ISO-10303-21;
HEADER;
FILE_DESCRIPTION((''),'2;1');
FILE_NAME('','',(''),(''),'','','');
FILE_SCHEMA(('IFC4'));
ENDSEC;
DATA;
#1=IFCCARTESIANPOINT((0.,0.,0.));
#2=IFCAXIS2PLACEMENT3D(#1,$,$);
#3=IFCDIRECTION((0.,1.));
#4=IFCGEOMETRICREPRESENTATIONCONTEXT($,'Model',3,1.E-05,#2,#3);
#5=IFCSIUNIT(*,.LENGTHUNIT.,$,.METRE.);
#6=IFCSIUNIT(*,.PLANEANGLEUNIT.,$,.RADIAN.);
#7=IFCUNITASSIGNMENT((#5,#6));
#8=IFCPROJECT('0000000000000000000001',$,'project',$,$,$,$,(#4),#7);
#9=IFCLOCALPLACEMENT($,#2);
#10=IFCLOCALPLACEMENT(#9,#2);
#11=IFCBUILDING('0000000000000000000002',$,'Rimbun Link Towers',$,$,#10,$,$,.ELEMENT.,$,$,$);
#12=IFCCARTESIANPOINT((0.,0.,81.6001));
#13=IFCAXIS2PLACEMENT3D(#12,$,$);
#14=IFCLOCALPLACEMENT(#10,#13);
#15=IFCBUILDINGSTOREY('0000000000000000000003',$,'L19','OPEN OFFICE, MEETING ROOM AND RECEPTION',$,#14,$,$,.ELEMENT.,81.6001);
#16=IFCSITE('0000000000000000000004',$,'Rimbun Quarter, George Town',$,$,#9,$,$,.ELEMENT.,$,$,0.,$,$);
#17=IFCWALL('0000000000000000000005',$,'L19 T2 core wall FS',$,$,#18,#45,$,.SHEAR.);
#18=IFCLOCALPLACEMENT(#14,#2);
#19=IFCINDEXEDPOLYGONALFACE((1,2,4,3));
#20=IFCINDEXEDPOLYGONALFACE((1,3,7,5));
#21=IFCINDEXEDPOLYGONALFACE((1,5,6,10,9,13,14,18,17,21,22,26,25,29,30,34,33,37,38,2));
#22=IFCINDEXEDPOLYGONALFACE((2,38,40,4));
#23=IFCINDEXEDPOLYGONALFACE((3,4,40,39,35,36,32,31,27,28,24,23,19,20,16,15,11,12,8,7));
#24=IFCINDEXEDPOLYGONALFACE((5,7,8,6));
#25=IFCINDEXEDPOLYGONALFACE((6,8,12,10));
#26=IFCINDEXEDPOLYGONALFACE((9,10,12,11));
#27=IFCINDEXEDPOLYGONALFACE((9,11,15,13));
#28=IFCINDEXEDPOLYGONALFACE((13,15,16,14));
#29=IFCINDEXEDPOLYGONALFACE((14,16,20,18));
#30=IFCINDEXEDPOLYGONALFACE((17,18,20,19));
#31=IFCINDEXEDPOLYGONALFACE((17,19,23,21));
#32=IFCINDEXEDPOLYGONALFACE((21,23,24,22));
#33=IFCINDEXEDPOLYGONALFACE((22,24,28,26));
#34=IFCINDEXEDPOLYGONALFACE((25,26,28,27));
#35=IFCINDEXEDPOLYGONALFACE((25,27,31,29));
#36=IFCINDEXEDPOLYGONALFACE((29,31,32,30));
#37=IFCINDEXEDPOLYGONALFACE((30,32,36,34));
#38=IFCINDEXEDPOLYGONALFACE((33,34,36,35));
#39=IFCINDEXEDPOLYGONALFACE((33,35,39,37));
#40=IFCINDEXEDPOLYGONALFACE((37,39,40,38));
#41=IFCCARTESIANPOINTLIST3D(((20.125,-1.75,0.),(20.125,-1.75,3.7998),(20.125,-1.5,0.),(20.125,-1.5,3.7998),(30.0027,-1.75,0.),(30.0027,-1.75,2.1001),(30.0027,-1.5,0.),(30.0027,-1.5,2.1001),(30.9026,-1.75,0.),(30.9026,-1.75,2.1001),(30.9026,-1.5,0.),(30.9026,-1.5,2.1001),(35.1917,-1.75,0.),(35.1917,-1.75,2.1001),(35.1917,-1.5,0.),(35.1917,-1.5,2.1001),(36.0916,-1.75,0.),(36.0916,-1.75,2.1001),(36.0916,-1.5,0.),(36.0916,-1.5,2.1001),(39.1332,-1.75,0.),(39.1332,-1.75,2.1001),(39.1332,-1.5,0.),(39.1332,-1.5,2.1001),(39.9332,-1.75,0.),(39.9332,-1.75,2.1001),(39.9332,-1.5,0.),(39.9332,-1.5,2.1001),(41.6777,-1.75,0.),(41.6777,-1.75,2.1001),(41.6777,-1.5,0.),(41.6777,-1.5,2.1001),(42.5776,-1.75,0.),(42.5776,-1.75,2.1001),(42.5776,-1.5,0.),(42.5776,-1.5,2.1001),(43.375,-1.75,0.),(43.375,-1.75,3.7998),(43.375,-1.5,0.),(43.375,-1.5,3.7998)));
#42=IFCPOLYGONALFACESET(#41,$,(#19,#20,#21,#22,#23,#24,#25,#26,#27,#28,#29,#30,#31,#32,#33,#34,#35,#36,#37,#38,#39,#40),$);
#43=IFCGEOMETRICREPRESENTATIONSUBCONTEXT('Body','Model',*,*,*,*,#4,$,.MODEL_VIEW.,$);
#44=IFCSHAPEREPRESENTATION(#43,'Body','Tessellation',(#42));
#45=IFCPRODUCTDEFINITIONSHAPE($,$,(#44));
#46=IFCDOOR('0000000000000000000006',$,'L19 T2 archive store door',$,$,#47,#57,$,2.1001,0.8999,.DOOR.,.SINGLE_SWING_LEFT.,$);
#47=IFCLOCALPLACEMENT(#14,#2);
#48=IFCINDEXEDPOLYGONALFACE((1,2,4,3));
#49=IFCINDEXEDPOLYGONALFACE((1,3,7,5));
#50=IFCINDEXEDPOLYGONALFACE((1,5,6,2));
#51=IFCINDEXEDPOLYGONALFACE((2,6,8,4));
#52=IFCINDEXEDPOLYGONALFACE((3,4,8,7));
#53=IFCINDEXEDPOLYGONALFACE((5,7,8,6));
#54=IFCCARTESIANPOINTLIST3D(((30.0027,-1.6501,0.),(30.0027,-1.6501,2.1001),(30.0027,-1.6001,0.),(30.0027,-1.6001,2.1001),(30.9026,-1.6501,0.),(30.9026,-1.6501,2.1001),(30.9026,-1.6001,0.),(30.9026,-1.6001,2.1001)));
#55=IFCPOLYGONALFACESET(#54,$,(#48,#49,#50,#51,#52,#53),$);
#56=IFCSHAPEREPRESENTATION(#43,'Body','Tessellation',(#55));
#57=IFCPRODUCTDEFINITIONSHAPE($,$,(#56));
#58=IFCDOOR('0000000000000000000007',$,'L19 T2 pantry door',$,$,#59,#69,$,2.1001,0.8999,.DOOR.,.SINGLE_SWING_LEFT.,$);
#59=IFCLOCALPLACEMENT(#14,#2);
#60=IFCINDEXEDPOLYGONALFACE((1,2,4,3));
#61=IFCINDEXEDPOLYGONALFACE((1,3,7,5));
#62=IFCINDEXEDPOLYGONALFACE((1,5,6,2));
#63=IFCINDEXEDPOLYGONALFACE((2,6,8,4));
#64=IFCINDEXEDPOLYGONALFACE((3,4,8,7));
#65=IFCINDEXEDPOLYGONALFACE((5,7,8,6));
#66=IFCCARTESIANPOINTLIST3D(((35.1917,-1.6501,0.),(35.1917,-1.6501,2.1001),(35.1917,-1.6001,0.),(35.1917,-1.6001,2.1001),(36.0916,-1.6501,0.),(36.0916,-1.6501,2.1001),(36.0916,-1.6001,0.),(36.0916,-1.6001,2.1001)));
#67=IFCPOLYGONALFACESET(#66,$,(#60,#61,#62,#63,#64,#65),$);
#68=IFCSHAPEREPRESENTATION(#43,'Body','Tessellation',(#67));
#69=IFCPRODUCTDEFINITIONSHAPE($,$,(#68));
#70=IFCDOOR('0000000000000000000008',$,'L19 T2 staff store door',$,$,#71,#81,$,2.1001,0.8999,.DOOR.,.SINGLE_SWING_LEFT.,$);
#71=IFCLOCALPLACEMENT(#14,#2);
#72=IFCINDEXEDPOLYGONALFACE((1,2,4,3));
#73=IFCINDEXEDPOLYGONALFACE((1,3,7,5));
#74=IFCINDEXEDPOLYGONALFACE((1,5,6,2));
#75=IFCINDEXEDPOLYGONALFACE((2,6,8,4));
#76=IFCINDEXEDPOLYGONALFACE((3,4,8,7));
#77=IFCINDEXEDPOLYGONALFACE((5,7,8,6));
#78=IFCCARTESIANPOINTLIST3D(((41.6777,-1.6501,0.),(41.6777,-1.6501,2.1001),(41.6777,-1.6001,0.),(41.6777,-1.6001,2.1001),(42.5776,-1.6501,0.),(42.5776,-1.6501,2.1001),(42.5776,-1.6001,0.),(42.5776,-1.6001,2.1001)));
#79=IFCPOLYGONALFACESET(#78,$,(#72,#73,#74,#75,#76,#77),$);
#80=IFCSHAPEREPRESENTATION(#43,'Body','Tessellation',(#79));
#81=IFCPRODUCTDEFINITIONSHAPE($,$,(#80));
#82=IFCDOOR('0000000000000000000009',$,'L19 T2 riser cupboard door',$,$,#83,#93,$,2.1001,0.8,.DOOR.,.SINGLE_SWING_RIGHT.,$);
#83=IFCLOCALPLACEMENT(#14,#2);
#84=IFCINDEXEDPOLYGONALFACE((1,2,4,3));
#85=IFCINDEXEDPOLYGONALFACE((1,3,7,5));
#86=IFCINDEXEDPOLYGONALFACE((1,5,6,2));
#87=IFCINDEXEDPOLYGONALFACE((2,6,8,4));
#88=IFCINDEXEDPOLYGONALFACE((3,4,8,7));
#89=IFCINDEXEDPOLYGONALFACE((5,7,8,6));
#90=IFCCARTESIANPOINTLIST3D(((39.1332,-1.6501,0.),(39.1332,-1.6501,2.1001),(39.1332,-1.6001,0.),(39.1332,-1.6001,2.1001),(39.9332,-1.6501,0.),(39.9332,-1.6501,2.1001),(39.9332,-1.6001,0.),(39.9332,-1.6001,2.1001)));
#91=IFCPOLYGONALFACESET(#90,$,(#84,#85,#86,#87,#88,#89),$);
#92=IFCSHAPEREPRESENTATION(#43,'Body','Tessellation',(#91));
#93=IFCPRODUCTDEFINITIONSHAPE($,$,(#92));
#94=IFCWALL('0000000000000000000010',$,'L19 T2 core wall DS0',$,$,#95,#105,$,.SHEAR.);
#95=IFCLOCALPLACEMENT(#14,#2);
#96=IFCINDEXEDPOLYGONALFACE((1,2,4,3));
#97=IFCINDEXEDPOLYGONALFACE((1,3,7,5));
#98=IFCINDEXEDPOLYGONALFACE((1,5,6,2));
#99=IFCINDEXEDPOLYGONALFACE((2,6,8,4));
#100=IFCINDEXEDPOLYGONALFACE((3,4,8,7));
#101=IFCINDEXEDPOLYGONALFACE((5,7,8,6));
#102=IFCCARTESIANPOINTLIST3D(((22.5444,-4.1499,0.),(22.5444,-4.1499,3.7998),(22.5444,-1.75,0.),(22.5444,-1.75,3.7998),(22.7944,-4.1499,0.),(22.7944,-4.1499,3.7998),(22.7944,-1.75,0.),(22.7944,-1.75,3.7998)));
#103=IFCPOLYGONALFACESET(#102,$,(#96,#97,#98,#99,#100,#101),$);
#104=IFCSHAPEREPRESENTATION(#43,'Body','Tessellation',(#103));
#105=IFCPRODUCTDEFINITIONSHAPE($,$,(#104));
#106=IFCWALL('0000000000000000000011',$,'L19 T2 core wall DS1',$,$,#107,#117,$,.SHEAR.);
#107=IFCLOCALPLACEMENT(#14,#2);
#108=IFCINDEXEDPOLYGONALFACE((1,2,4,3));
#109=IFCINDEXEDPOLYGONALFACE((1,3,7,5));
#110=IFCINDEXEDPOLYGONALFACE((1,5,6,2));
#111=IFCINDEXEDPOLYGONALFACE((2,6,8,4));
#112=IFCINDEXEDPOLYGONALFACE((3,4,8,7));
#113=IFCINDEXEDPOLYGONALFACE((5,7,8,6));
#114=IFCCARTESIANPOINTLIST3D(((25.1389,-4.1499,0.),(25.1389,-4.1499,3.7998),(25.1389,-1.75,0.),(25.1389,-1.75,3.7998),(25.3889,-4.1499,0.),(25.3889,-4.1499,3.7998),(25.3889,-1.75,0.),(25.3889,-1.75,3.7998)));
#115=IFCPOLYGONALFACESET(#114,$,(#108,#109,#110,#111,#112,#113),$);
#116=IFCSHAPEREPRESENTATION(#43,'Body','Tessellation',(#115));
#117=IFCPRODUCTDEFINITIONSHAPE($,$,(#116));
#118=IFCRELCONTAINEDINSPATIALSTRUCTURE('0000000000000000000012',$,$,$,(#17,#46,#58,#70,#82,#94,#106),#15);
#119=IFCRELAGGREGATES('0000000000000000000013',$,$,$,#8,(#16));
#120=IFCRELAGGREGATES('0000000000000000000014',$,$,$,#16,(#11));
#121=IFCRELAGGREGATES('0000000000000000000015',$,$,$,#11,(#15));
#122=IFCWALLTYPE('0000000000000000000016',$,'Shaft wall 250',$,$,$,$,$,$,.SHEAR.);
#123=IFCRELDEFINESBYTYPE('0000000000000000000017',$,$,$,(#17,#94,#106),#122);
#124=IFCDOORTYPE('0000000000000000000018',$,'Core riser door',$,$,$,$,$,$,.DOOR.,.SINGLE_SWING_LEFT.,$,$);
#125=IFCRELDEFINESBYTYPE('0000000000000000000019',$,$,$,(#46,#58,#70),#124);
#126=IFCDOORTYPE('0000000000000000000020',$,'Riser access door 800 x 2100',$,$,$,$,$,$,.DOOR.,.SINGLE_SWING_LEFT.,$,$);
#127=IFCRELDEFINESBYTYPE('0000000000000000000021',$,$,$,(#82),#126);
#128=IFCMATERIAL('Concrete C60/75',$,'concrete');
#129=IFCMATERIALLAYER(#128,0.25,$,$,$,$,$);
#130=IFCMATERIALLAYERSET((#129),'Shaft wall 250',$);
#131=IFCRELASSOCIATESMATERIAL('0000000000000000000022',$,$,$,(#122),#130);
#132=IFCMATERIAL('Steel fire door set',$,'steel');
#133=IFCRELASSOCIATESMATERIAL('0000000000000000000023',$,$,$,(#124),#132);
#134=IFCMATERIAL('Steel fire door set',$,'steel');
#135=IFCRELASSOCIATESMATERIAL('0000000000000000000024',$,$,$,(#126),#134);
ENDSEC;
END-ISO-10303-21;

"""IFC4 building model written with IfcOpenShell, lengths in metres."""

from ifc_helpers import new_model, si_unit, direction, frame, frame_2d, origin, place, context, subcontext, project, spatial, rectangle, extrude, material, layer, layer_set, type_object, element, fill, save


model = new_model("IFC4")

# Units and contexts
model_context = context("Model", 3, precision=1e-05, world=origin(), true_north=direction((0.0, 1.0)))
body_context = subcontext(model_context, "Body", "Model", "MODEL_VIEW")
ifc_project = project(units=[si_unit("LENGTHUNIT", "METRE"), si_unit("PLANEANGLEUNIT", "RADIAN")], contexts=[model_context])

# Site, building, storey
site_placement = place(None, origin())
site = spatial("IfcSite", under=ifc_project, at=site_placement, Name="Rimbun Quarter, George Town", CompositionType="ELEMENT", RefElevation=0.0)
building_placement = place(site_placement, origin())
building = spatial("IfcBuilding", under=site, at=building_placement, Name="Rimbun Link Towers", CompositionType="ELEMENT")
storey_placement = place(building_placement, frame((0.0, 0.0, 81.6001)))
storey = spatial("IfcBuildingStorey", under=building, at=storey_placement, Name="L19", Description="OPEN OFFICE, MEETING ROOM AND RECEPTION", CompositionType="ELEMENT", Elevation=81.6001)

# Shared definitions
ifc_material_1 = material(Name="Concrete C60/75", Category="concrete")
ifc_layer_1 = layer(ifc_material_1, 0.25)
ifc_layer_set_1 = layer_set([ifc_layer_1], Name="Shaft wall 250")
wall_type_1 = type_object("IfcWallType", Name="Shaft wall 250", PredefinedType="SHEAR", material=ifc_layer_set_1)

# Wall, openings, doors
wall_1_placement = place(storey_placement, frame((20.125, -1.625, 0.0), z_axis=(0.0, 0.0, 1.0), x_axis=(1.0, 0.0, 0.0)))
wall_1 = element("IfcWall", 1, at=wall_1_placement, inside=storey, type_object=wall_type_1, Name="L19 T2 core wall FS", PredefinedType="SHEAR", context=body_context, shape_type="SweptSolid", body=[
    extrude(rectangle(XDim=23.25, YDim=0.25, at=frame_2d((11.625, 0.0))), origin(), (0.0, 0.0, 1.0), 3.7998),
])
opening_1_placement = place(wall_1_placement, frame((9.8777, 0.0, 0.0)))
opening_1 = element("IfcOpeningElement", 2, at=opening_1_placement, cuts=wall_1, PredefinedType="OPENING", context=body_context, shape_type="SweptSolid", body=[
    extrude(rectangle(XDim=0.8999, YDim=2.1001, at=frame_2d((0.45, 1.05))), frame((0.0, 0.135, 0.0), z_axis=(0.0, -1.0, 0.0), x_axis=(1.0, 0.0, 0.0)), (0.0, 0.0, 1.0), 0.27),
])
opening_2_placement = place(wall_1_placement, frame((15.0667, 0.0, 0.0)))
opening_2 = element("IfcOpeningElement", 3, at=opening_2_placement, cuts=wall_1, PredefinedType="OPENING", context=body_context, shape_type="SweptSolid", body=[
    extrude(rectangle(XDim=0.8999, YDim=2.1001, at=frame_2d((0.45, 1.05))), frame((0.0, 0.135, 0.0), z_axis=(0.0, -1.0, 0.0), x_axis=(1.0, 0.0, 0.0)), (0.0, 0.0, 1.0), 0.27),
])
opening_3_placement = place(wall_1_placement, frame((19.0083, 0.0, 0.0)))
opening_3 = element("IfcOpeningElement", 4, at=opening_3_placement, cuts=wall_1, PredefinedType="OPENING", context=body_context, shape_type="SweptSolid", body=[
    extrude(rectangle(XDim=0.8, YDim=2.1001, at=frame_2d((0.3999, 1.05))), frame((0.0, 0.135, 0.0), z_axis=(0.0, -1.0, 0.0), x_axis=(1.0, 0.0, 0.0)), (0.0, 0.0, 1.0), 0.27),
])
opening_4_placement = place(wall_1_placement, frame((21.5527, 0.0, 0.0)))
opening_4 = element("IfcOpeningElement", 5, at=opening_4_placement, cuts=wall_1, PredefinedType="OPENING", context=body_context, shape_type="SweptSolid", body=[
    extrude(rectangle(XDim=0.8999, YDim=2.1001, at=frame_2d((0.45, 1.05))), frame((0.0, 0.135, 0.0), z_axis=(0.0, -1.0, 0.0), x_axis=(1.0, 0.0, 0.0)), (0.0, 0.0, 1.0), 0.27),
])
ifc_material_2 = material(Name="Steel fire door set", Category="steel")
door_type_1 = type_object("IfcDoorType", Name="Core riser door", OperationType="SINGLE_SWING_LEFT", PredefinedType="DOOR", material=ifc_material_2)
door_1_placement = place(opening_1_placement, origin())
door_1 = element("IfcDoor", 6, at=door_1_placement, inside=storey, type_object=door_type_1, Name="L19 T2 archive store door", OperationType="SINGLE_SWING_LEFT", OverallHeight=2.1001, OverallWidth=0.8999, PredefinedType="DOOR", context=body_context, shape_type="SweptSolid", body=[
    extrude(rectangle(XDim=0.8999, YDim=2.1001, at=frame_2d((0.45, 1.05))), frame((0.0, 0.0249, 0.0), z_axis=(0.0, -1.0, 0.0), x_axis=(1.0, 0.0, 0.0)), (0.0, 0.0, 1.0), 0.05),
])
fill(opening_1, door_1)
door_2_placement = place(opening_2_placement, origin())
door_2 = element("IfcDoor", 7, at=door_2_placement, inside=storey, type_object=door_type_1, Name="L19 T2 pantry door", OperationType="SINGLE_SWING_LEFT", OverallHeight=2.1001, OverallWidth=0.8999, PredefinedType="DOOR", context=body_context, shape_type="SweptSolid", body=[
    extrude(rectangle(XDim=0.8999, YDim=2.1001, at=frame_2d((0.45, 1.05))), frame((0.0, 0.0249, 0.0), z_axis=(0.0, -1.0, 0.0), x_axis=(1.0, 0.0, 0.0)), (0.0, 0.0, 1.0), 0.05),
])
fill(opening_2, door_2)
door_3_placement = place(opening_4_placement, origin())
door_3 = element("IfcDoor", 8, at=door_3_placement, inside=storey, type_object=door_type_1, Name="L19 T2 staff store door", OperationType="SINGLE_SWING_LEFT", OverallHeight=2.1001, OverallWidth=0.8999, PredefinedType="DOOR", context=body_context, shape_type="SweptSolid", body=[
    extrude(rectangle(XDim=0.8999, YDim=2.1001, at=frame_2d((0.45, 1.05))), frame((0.0, 0.0249, 0.0), z_axis=(0.0, -1.0, 0.0), x_axis=(1.0, 0.0, 0.0)), (0.0, 0.0, 1.0), 0.05),
])
fill(opening_4, door_3)
ifc_material_3 = material(Name="Steel fire door set", Category="steel")
door_type_2 = type_object("IfcDoorType", Name="Riser access door 800 x 2100", OperationType="SINGLE_SWING_LEFT", PredefinedType="DOOR", material=ifc_material_3)
door_4_placement = place(opening_3_placement, origin())
door_4 = element("IfcDoor", 9, at=door_4_placement, inside=storey, type_object=door_type_2, Name="L19 T2 riser cupboard door", OperationType="SINGLE_SWING_RIGHT", OverallHeight=2.1001, OverallWidth=0.8, PredefinedType="DOOR", context=body_context, shape_type="SweptSolid", body=[
    extrude(rectangle(XDim=0.8, YDim=2.1001, at=frame_2d((0.3999, 1.05))), frame((0.0, 0.0249, 0.0), z_axis=(0.0, -1.0, 0.0), x_axis=(1.0, 0.0, 0.0)), (0.0, 0.0, 1.0), 0.05),
])
fill(opening_3, door_4)

# Walls
for number, where, z_axis, x_axis, name in (
    (10, (22.6694, -4.1499, 0.0), (0.0, 0.0, 1.0), (0.0, 1.0, 0.0), "L19 T2 core wall DS0"),
    (11, (25.2639, -4.1499, 0.0), (0.0, 0.0, 1.0), (0.0, 1.0, 0.0), "L19 T2 core wall DS1"),
):
    element("IfcWall", number, at=place(storey_placement, frame(where, z_axis=z_axis, x_axis=x_axis)), inside=storey, type_object=wall_type_1, Name=name, PredefinedType="SHEAR", context=body_context, shape_type="SweptSolid", body=[
        extrude(rectangle(XDim=2.3999, YDim=0.25, at=frame_2d((1.2, 0.0))), origin(), (0.0, 0.0, 1.0), 3.7998),
    ])

save(model, "model.ifc")
